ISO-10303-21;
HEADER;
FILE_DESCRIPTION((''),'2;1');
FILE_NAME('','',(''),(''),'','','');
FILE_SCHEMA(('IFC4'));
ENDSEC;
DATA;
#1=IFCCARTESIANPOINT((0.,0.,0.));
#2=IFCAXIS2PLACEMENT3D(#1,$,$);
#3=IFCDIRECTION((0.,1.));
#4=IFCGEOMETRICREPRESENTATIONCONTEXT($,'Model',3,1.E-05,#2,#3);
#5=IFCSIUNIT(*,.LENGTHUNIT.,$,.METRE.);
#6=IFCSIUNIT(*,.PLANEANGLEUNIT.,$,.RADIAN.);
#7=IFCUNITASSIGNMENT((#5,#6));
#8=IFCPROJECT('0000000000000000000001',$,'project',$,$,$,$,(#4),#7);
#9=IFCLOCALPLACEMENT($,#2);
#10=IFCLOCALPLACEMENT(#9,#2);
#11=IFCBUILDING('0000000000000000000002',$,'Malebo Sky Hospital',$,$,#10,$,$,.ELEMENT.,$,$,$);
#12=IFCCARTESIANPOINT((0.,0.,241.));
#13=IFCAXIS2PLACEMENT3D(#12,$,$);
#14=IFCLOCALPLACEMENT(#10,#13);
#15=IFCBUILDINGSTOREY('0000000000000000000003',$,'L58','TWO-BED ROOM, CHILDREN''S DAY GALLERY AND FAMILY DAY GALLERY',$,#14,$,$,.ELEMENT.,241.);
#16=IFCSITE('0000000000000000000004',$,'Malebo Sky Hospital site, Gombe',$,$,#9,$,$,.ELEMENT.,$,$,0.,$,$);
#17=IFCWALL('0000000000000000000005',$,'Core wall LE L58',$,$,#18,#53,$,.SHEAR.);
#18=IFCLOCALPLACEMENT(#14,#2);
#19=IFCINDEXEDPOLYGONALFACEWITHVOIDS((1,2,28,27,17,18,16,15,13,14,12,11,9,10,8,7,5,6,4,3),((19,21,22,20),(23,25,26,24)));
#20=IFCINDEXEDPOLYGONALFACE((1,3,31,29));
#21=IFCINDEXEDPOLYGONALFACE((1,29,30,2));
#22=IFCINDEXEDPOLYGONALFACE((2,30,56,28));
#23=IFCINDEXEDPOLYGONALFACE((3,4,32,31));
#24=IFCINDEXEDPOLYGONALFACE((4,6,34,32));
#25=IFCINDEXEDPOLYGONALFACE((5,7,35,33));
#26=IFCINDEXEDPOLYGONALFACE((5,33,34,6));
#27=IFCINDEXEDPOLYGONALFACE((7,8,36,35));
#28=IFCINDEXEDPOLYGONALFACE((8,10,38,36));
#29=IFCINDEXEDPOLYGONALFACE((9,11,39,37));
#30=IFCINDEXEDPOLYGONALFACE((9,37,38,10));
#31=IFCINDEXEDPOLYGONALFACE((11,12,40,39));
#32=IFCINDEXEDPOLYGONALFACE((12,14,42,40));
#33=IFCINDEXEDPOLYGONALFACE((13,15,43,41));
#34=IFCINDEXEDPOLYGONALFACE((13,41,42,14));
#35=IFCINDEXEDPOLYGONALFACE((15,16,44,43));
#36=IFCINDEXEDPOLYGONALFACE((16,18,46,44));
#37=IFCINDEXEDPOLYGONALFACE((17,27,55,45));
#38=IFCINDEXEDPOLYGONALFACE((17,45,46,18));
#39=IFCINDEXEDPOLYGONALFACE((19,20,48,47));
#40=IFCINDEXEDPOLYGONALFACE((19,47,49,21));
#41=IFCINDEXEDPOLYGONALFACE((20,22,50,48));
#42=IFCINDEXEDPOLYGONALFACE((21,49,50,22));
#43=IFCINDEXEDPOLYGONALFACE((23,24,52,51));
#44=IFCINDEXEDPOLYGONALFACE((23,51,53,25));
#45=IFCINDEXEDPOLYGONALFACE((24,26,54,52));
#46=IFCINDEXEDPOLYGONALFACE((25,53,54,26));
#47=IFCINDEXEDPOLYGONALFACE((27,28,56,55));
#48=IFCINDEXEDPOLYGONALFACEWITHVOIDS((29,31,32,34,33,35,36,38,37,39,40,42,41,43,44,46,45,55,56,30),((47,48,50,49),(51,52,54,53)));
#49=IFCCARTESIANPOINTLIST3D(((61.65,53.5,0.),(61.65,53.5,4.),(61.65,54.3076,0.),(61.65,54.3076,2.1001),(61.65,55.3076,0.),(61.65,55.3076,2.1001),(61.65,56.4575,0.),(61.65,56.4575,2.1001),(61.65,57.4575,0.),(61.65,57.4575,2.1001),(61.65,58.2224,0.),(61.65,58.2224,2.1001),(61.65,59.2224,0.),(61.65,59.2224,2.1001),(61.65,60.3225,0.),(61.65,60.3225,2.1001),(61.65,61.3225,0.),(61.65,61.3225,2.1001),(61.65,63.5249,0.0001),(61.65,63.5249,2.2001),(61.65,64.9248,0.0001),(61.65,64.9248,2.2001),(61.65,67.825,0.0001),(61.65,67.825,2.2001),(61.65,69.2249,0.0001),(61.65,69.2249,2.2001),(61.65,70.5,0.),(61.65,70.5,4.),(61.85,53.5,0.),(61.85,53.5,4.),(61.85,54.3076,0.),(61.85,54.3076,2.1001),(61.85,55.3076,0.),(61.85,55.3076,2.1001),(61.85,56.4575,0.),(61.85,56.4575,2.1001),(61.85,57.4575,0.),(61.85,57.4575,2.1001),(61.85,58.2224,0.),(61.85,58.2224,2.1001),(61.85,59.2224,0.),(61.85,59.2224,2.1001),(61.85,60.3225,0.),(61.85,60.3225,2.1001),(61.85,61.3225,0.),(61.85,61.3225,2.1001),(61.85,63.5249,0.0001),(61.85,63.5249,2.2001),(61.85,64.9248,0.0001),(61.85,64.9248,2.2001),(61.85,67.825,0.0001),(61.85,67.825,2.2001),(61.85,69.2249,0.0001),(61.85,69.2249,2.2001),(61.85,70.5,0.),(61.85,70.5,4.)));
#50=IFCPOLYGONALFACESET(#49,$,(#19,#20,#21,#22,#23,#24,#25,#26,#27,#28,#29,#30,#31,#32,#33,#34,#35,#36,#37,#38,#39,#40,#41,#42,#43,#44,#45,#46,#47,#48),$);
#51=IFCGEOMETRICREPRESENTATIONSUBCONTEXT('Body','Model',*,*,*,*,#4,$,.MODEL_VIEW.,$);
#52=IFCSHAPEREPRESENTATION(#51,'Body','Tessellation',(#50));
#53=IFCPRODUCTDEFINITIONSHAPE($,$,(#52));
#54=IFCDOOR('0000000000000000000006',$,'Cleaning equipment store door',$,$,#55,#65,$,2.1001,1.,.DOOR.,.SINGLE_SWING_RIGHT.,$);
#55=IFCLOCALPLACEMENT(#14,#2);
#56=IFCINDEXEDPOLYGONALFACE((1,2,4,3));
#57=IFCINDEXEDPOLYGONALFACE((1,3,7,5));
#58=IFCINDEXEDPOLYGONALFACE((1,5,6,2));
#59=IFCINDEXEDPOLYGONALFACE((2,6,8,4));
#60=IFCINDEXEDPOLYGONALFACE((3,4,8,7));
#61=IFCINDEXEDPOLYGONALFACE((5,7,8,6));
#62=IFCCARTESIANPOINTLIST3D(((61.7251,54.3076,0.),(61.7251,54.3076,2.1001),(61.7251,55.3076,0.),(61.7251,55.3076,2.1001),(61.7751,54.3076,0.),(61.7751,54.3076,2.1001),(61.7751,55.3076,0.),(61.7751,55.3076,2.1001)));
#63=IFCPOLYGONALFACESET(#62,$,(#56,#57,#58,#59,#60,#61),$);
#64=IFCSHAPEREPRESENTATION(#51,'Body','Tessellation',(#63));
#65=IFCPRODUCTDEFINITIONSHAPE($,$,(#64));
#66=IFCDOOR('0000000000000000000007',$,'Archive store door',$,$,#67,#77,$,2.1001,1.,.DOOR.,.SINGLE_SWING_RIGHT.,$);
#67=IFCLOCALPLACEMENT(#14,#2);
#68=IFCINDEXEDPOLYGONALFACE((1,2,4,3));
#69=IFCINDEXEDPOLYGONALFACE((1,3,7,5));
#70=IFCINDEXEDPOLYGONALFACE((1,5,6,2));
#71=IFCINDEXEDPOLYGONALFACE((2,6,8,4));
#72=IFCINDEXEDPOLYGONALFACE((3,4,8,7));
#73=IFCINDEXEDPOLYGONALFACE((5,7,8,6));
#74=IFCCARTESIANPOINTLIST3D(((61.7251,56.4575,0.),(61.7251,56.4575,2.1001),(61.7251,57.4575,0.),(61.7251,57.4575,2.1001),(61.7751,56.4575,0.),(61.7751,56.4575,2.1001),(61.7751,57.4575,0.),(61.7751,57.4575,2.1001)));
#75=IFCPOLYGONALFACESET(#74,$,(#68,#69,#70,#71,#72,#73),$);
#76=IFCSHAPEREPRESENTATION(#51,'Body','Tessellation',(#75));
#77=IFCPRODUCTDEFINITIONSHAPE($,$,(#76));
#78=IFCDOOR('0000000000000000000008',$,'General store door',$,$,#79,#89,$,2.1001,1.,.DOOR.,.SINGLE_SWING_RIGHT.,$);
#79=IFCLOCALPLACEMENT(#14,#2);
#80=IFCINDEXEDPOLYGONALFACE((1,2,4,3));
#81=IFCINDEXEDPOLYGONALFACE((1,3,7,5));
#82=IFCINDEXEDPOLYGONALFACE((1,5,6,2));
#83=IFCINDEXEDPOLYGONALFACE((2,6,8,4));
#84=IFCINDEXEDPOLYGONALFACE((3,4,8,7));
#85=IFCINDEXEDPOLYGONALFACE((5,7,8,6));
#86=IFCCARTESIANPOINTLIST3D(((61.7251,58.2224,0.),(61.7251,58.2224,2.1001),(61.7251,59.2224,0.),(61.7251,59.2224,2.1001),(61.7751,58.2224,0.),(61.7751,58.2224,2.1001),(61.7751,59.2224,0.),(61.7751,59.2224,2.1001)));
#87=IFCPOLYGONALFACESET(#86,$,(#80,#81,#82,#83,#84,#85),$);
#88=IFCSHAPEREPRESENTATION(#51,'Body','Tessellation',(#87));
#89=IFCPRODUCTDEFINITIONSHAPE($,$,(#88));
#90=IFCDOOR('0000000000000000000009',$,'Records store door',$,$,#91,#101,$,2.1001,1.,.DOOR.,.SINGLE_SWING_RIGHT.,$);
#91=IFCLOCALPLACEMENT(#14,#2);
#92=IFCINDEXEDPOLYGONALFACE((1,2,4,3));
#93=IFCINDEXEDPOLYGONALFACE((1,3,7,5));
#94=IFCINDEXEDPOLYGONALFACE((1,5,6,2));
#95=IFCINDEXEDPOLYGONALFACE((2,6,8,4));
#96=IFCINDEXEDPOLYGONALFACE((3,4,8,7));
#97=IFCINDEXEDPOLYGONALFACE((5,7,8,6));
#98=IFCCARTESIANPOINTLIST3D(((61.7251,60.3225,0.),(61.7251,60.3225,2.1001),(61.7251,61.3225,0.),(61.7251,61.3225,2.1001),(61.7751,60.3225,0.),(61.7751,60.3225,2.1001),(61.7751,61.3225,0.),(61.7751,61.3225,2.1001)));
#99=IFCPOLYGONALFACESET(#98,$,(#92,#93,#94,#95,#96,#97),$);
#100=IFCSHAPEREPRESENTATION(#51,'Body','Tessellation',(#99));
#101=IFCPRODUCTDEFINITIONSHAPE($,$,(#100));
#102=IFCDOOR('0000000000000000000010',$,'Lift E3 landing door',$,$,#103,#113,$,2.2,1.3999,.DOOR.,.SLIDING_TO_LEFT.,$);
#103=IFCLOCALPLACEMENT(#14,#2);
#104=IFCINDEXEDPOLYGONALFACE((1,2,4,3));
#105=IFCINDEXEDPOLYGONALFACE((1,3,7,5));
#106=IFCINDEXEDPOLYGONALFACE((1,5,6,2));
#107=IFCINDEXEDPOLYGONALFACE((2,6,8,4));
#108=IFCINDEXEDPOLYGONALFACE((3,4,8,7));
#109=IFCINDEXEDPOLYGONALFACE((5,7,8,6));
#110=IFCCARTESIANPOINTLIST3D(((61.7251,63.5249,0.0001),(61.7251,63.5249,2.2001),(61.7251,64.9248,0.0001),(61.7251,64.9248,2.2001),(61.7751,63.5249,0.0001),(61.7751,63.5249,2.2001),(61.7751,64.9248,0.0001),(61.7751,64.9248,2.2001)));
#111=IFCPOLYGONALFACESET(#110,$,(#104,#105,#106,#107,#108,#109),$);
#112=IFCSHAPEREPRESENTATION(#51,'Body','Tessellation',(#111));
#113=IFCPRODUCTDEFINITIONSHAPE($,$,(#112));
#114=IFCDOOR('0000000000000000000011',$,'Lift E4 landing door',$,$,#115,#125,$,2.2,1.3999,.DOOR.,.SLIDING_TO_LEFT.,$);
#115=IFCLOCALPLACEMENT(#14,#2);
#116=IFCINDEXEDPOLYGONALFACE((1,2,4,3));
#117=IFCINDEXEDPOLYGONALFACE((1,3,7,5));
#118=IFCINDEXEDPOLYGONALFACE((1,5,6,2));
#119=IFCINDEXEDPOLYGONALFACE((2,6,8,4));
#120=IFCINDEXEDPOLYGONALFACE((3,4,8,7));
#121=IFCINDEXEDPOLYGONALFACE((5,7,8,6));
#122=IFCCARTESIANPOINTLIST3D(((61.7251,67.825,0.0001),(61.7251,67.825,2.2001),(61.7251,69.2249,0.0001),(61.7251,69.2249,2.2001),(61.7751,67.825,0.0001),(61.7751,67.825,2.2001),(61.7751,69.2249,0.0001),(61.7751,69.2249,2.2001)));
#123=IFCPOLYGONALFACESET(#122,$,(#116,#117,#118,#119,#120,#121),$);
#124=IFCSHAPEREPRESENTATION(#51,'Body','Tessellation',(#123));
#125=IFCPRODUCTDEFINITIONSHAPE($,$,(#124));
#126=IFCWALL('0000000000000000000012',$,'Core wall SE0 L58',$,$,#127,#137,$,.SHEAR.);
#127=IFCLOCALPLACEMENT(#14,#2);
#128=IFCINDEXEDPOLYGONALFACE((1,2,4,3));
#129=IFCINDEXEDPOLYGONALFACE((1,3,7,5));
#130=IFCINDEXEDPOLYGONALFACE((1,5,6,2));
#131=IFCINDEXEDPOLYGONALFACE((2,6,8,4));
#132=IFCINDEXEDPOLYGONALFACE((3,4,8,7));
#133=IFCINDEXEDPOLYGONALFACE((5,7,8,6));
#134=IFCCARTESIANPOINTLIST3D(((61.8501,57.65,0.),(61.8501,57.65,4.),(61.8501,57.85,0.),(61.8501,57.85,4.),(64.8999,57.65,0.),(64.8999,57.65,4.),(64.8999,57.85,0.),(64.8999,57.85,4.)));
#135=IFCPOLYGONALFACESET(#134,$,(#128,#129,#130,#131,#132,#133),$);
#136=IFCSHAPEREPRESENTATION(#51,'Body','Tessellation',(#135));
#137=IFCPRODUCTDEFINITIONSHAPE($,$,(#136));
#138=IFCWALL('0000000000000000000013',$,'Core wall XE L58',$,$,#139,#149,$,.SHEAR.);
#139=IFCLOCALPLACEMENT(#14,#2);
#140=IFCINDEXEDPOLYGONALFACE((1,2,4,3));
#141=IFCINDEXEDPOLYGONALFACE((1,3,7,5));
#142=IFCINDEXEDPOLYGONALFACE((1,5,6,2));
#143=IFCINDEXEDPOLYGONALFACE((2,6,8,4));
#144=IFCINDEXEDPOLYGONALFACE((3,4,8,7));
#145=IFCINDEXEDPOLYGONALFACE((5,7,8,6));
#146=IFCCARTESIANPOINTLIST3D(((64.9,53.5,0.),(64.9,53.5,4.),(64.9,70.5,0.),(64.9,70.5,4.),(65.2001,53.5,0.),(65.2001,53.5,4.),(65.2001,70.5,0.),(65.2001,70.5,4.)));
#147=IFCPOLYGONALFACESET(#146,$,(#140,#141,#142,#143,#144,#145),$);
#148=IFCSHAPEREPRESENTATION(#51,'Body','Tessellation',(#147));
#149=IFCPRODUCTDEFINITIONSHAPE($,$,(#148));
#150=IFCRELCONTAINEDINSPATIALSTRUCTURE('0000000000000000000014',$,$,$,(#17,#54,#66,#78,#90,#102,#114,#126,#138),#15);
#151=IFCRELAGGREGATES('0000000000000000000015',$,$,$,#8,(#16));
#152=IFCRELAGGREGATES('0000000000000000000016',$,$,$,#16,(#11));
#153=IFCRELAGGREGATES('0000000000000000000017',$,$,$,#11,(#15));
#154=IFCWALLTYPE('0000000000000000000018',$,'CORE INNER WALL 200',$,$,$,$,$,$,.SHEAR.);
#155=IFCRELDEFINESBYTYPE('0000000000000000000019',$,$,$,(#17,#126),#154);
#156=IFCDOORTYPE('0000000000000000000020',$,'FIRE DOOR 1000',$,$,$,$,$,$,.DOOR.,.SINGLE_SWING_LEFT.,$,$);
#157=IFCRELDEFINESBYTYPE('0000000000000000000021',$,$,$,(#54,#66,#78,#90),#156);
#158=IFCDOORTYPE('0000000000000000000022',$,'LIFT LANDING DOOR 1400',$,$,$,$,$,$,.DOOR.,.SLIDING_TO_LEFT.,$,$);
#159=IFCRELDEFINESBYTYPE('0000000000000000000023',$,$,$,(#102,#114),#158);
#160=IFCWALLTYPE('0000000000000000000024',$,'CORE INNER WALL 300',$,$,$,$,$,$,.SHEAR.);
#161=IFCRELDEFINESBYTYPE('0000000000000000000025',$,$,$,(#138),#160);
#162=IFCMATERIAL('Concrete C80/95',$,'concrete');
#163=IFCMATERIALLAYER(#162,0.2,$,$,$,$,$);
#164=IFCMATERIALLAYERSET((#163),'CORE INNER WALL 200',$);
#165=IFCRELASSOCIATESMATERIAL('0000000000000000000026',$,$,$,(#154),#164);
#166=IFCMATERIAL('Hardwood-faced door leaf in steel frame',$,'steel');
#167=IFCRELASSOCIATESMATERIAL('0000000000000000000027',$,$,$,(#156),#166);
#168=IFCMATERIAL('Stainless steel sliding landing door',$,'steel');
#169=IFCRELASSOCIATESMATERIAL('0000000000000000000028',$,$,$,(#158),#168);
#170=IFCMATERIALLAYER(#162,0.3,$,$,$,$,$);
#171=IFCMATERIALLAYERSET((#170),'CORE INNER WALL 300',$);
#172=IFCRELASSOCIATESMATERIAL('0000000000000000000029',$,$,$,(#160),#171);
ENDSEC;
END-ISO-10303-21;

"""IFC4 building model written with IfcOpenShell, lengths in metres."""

from ifc_helpers import new_model, si_unit, direction, frame, frame_2d, origin, place, context, subcontext, project, spatial, rectangle, extrude, material, layer, layer_set, type_object, element, fill, save


model = new_model("IFC4")

# Units and contexts
model_context = context("Model", 3, precision=1e-05, world=origin(), true_north=direction((0.0, 1.0)))
body_context = subcontext(model_context, "Body", "Model", "MODEL_VIEW")
ifc_project = project(units=[si_unit("LENGTHUNIT", "METRE"), si_unit("PLANEANGLEUNIT", "RADIAN")], contexts=[model_context])

# Site, building, storey
site_placement = place(None, origin())
site = spatial("IfcSite", under=ifc_project, at=site_placement, Name="Malebo Sky Hospital site, Gombe", CompositionType="ELEMENT", RefElevation=0.0)
building_placement = place(site_placement, origin())
building = spatial("IfcBuilding", under=site, at=building_placement, Name="Malebo Sky Hospital", CompositionType="ELEMENT")
storey_placement = place(building_placement, frame((0.0, 0.0, 241.0)))
storey = spatial("IfcBuildingStorey", under=building, at=storey_placement, Name="L58", Description="TWO-BED ROOM, CHILDREN'S DAY GALLERY AND FAMILY DAY GALLERY", CompositionType="ELEMENT", Elevation=241.0)

# Wall, openings, doors
ifc_material_1 = material(Name="Concrete C80/95", Category="concrete")
ifc_layer_1 = layer(ifc_material_1, 0.2)
ifc_layer_set_1 = layer_set([ifc_layer_1], Name="CORE INNER WALL 200")
wall_type_1 = type_object("IfcWallType", Name="CORE INNER WALL 200", PredefinedType="SHEAR", material=ifc_layer_set_1)
ifc_material_2 = material(Name="Hardwood-faced door leaf in steel frame", Category="steel")
door_type_1 = type_object("IfcDoorType", Name="FIRE DOOR 1000", OperationType="SINGLE_SWING_LEFT", PredefinedType="DOOR", material=ifc_material_2)
ifc_material_3 = material(Name="Stainless steel sliding landing door", Category="steel")
door_type_2 = type_object("IfcDoorType", Name="LIFT LANDING DOOR 1400", OperationType="SLIDING_TO_LEFT", PredefinedType="DOOR", material=ifc_material_3)
wall_1_placement = place(storey_placement, frame((61.75, 53.5, 0.0), z_axis=(0.0, 0.0, 1.0), x_axis=(0.0, 1.0, 0.0)))
wall_1 = element("IfcWall", 1, at=wall_1_placement, inside=storey, type_object=wall_type_1, Name="Core wall LE L58", PredefinedType="SHEAR", context=body_context, shape_type="SweptSolid", body=[
    extrude(rectangle(XDim=17.0, YDim=0.2, at=frame_2d((8.5, 0.0))), origin(), (0.0, 0.0, 1.0), 4.0),
])
opening_1_placement = place(wall_1_placement, frame((0.8076, 0.0, 0.0)))
opening_1 = element("IfcOpeningElement", 2, at=opening_1_placement, cuts=wall_1, PredefinedType="OPENING", context=body_context, shape_type="SweptSolid", body=[
    extrude(rectangle(XDim=1.0, YDim=2.1001, at=frame_2d((0.5, 1.05))), frame((0.0, 0.1099, 0.0), z_axis=(0.0, -1.0, 0.0), x_axis=(1.0, 0.0, 0.0)), (0.0, 0.0, 1.0), 0.22),
])
opening_2_placement = place(wall_1_placement, frame((2.9575, 0.0, 0.0)))
opening_2 = element("IfcOpeningElement", 3, at=opening_2_placement, cuts=wall_1, PredefinedType="OPENING", context=body_context, shape_type="SweptSolid", body=[
    extrude(rectangle(XDim=1.0, YDim=2.1001, at=frame_2d((0.5, 1.05))), frame((0.0, 0.1099, 0.0), z_axis=(0.0, -1.0, 0.0), x_axis=(1.0, 0.0, 0.0)), (0.0, 0.0, 1.0), 0.22),
])
opening_3_placement = place(wall_1_placement, frame((4.7224, 0.0, 0.0)))
opening_3 = element("IfcOpeningElement", 4, at=opening_3_placement, cuts=wall_1, PredefinedType="OPENING", context=body_context, shape_type="SweptSolid", body=[
    extrude(rectangle(XDim=1.0, YDim=2.1001, at=frame_2d((0.5, 1.05))), frame((0.0, 0.1099, 0.0), z_axis=(0.0, -1.0, 0.0), x_axis=(1.0, 0.0, 0.0)), (0.0, 0.0, 1.0), 0.22),
])
opening_4_placement = place(wall_1_placement, frame((6.8225, 0.0, 0.0)))
opening_4 = element("IfcOpeningElement", 5, at=opening_4_placement, cuts=wall_1, PredefinedType="OPENING", context=body_context, shape_type="SweptSolid", body=[
    extrude(rectangle(XDim=1.0, YDim=2.1001, at=frame_2d((0.5, 1.05))), frame((0.0, 0.1099, 0.0), z_axis=(0.0, -1.0, 0.0), x_axis=(1.0, 0.0, 0.0)), (0.0, 0.0, 1.0), 0.22),
])
opening_5_placement = place(wall_1_placement, frame((10.0249, 0.0, 0.0)))
opening_5 = element("IfcOpeningElement", 6, at=opening_5_placement, cuts=wall_1, PredefinedType="OPENING", context=body_context, shape_type="SweptSolid", body=[
    extrude(rectangle(XDim=1.3999, YDim=2.2, at=frame_2d((0.7, 1.1001))), frame((0.0, 0.1099, 0.0), z_axis=(0.0, -1.0, 0.0), x_axis=(1.0, 0.0, 0.0)), (0.0, 0.0, 1.0), 0.22),
])
opening_6_placement = place(wall_1_placement, frame((14.325, 0.0, 0.0)))
opening_6 = element("IfcOpeningElement", 7, at=opening_6_placement, cuts=wall_1, PredefinedType="OPENING", context=body_context, shape_type="SweptSolid", body=[
    extrude(rectangle(XDim=1.3999, YDim=2.2, at=frame_2d((0.7, 1.1001))), frame((0.0, 0.1099, 0.0), z_axis=(0.0, -1.0, 0.0), x_axis=(1.0, 0.0, 0.0)), (0.0, 0.0, 1.0), 0.22),
])
door_1_placement = place(opening_1_placement, origin())
door_1 = element("IfcDoor", 8, at=door_1_placement, inside=storey, type_object=door_type_1, Name="Cleaning equipment store door", OperationType="SINGLE_SWING_RIGHT", OverallHeight=2.1001, OverallWidth=1.0, PredefinedType="DOOR", context=body_context, shape_type="SweptSolid", body=[
    extrude(rectangle(XDim=1.0, YDim=2.1001, at=frame_2d((0.5, 1.05))), frame((0.0, 0.0249, 0.0), z_axis=(0.0, -1.0, 0.0), x_axis=(1.0, 0.0, 0.0)), (0.0, 0.0, 1.0), 0.05),
])
fill(opening_1, door_1)
door_2_placement = place(opening_2_placement, origin())
door_2 = element("IfcDoor", 9, at=door_2_placement, inside=storey, type_object=door_type_1, Name="Archive store door", OperationType="SINGLE_SWING_RIGHT", OverallHeight=2.1001, OverallWidth=1.0, PredefinedType="DOOR", context=body_context, shape_type="SweptSolid", body=[
    extrude(rectangle(XDim=1.0, YDim=2.1001, at=frame_2d((0.5, 1.05))), frame((0.0, 0.0249, 0.0), z_axis=(0.0, -1.0, 0.0), x_axis=(1.0, 0.0, 0.0)), (0.0, 0.0, 1.0), 0.05),
])
fill(opening_2, door_2)
door_3_placement = place(opening_3_placement, origin())
door_3 = element("IfcDoor", 10, at=door_3_placement, inside=storey, type_object=door_type_1, Name="General store door", OperationType="SINGLE_SWING_RIGHT", OverallHeight=2.1001, OverallWidth=1.0, PredefinedType="DOOR", context=body_context, shape_type="SweptSolid", body=[
    extrude(rectangle(XDim=1.0, YDim=2.1001, at=frame_2d((0.5, 1.05))), frame((0.0, 0.0249, 0.0), z_axis=(0.0, -1.0, 0.0), x_axis=(1.0, 0.0, 0.0)), (0.0, 0.0, 1.0), 0.05),
])
fill(opening_3, door_3)
door_4_placement = place(opening_4_placement, origin())
door_4 = element("IfcDoor", 11, at=door_4_placement, inside=storey, type_object=door_type_1, Name="Records store door", OperationType="SINGLE_SWING_RIGHT", OverallHeight=2.1001, OverallWidth=1.0, PredefinedType="DOOR", context=body_context, shape_type="SweptSolid", body=[
    extrude(rectangle(XDim=1.0, YDim=2.1001, at=frame_2d((0.5, 1.05))), frame((0.0, 0.0249, 0.0), z_axis=(0.0, -1.0, 0.0), x_axis=(1.0, 0.0, 0.0)), (0.0, 0.0, 1.0), 0.05),
])
fill(opening_4, door_4)
door_5_placement = place(opening_5_placement, origin())
door_5 = element("IfcDoor", 12, at=door_5_placement, inside=storey, type_object=door_type_2, Name="Lift E3 landing door", OperationType="SLIDING_TO_LEFT", OverallHeight=2.2, OverallWidth=1.3999, PredefinedType="DOOR", context=body_context, shape_type="SweptSolid", body=[
    extrude(rectangle(XDim=1.3999, YDim=2.2, at=frame_2d((0.7, 1.1001))), frame((0.0, 0.0249, 0.0), z_axis=(0.0, -1.0, 0.0), x_axis=(1.0, 0.0, 0.0)), (0.0, 0.0, 1.0), 0.05),
])
fill(opening_5, door_5)
door_6_placement = place(opening_6_placement, origin())
door_6 = element("IfcDoor", 13, at=door_6_placement, inside=storey, type_object=door_type_2, Name="Lift E4 landing door", OperationType="SLIDING_TO_LEFT", OverallHeight=2.2, OverallWidth=1.3999, PredefinedType="DOOR", context=body_context, shape_type="SweptSolid", body=[
    extrude(rectangle(XDim=1.3999, YDim=2.2, at=frame_2d((0.7, 1.1001))), frame((0.0, 0.0249, 0.0), z_axis=(0.0, -1.0, 0.0), x_axis=(1.0, 0.0, 0.0)), (0.0, 0.0, 1.0), 0.05),
])
fill(opening_6, door_6)

# Walls
wall_2_placement = place(storey_placement, frame((61.8501, 57.75, 0.0), z_axis=(0.0, 0.0, 1.0), x_axis=(1.0, 0.0, 0.0)))
element("IfcWall", 14, at=wall_2_placement, inside=storey, type_object=wall_type_1, Name="Core wall SE0 L58", PredefinedType="SHEAR", context=body_context, shape_type="SweptSolid", body=[
    extrude(rectangle(XDim=3.0498, YDim=0.2, at=frame_2d((1.5249, 0.0))), origin(), (0.0, 0.0, 1.0), 4.0),
])
ifc_layer_2 = layer(ifc_material_1, 0.3)
ifc_layer_set_2 = layer_set([ifc_layer_2], Name="CORE INNER WALL 300")
wall_type_2 = type_object("IfcWallType", Name="CORE INNER WALL 300", PredefinedType="SHEAR", material=ifc_layer_set_2)
wall_3_placement = place(storey_placement, frame((65.05, 53.5, 0.0), z_axis=(0.0, 0.0, 1.0), x_axis=(0.0, 1.0, 0.0)))
element("IfcWall", 15, at=wall_3_placement, inside=storey, type_object=wall_type_2, Name="Core wall XE L58", PredefinedType="SHEAR", context=body_context, shape_type="SweptSolid", body=[
    extrude(rectangle(XDim=17.0, YDim=0.3, at=frame_2d((8.5, 0.0))), origin(), (0.0, 0.0, 1.0), 4.0),
])

save(model, "model.ifc")
